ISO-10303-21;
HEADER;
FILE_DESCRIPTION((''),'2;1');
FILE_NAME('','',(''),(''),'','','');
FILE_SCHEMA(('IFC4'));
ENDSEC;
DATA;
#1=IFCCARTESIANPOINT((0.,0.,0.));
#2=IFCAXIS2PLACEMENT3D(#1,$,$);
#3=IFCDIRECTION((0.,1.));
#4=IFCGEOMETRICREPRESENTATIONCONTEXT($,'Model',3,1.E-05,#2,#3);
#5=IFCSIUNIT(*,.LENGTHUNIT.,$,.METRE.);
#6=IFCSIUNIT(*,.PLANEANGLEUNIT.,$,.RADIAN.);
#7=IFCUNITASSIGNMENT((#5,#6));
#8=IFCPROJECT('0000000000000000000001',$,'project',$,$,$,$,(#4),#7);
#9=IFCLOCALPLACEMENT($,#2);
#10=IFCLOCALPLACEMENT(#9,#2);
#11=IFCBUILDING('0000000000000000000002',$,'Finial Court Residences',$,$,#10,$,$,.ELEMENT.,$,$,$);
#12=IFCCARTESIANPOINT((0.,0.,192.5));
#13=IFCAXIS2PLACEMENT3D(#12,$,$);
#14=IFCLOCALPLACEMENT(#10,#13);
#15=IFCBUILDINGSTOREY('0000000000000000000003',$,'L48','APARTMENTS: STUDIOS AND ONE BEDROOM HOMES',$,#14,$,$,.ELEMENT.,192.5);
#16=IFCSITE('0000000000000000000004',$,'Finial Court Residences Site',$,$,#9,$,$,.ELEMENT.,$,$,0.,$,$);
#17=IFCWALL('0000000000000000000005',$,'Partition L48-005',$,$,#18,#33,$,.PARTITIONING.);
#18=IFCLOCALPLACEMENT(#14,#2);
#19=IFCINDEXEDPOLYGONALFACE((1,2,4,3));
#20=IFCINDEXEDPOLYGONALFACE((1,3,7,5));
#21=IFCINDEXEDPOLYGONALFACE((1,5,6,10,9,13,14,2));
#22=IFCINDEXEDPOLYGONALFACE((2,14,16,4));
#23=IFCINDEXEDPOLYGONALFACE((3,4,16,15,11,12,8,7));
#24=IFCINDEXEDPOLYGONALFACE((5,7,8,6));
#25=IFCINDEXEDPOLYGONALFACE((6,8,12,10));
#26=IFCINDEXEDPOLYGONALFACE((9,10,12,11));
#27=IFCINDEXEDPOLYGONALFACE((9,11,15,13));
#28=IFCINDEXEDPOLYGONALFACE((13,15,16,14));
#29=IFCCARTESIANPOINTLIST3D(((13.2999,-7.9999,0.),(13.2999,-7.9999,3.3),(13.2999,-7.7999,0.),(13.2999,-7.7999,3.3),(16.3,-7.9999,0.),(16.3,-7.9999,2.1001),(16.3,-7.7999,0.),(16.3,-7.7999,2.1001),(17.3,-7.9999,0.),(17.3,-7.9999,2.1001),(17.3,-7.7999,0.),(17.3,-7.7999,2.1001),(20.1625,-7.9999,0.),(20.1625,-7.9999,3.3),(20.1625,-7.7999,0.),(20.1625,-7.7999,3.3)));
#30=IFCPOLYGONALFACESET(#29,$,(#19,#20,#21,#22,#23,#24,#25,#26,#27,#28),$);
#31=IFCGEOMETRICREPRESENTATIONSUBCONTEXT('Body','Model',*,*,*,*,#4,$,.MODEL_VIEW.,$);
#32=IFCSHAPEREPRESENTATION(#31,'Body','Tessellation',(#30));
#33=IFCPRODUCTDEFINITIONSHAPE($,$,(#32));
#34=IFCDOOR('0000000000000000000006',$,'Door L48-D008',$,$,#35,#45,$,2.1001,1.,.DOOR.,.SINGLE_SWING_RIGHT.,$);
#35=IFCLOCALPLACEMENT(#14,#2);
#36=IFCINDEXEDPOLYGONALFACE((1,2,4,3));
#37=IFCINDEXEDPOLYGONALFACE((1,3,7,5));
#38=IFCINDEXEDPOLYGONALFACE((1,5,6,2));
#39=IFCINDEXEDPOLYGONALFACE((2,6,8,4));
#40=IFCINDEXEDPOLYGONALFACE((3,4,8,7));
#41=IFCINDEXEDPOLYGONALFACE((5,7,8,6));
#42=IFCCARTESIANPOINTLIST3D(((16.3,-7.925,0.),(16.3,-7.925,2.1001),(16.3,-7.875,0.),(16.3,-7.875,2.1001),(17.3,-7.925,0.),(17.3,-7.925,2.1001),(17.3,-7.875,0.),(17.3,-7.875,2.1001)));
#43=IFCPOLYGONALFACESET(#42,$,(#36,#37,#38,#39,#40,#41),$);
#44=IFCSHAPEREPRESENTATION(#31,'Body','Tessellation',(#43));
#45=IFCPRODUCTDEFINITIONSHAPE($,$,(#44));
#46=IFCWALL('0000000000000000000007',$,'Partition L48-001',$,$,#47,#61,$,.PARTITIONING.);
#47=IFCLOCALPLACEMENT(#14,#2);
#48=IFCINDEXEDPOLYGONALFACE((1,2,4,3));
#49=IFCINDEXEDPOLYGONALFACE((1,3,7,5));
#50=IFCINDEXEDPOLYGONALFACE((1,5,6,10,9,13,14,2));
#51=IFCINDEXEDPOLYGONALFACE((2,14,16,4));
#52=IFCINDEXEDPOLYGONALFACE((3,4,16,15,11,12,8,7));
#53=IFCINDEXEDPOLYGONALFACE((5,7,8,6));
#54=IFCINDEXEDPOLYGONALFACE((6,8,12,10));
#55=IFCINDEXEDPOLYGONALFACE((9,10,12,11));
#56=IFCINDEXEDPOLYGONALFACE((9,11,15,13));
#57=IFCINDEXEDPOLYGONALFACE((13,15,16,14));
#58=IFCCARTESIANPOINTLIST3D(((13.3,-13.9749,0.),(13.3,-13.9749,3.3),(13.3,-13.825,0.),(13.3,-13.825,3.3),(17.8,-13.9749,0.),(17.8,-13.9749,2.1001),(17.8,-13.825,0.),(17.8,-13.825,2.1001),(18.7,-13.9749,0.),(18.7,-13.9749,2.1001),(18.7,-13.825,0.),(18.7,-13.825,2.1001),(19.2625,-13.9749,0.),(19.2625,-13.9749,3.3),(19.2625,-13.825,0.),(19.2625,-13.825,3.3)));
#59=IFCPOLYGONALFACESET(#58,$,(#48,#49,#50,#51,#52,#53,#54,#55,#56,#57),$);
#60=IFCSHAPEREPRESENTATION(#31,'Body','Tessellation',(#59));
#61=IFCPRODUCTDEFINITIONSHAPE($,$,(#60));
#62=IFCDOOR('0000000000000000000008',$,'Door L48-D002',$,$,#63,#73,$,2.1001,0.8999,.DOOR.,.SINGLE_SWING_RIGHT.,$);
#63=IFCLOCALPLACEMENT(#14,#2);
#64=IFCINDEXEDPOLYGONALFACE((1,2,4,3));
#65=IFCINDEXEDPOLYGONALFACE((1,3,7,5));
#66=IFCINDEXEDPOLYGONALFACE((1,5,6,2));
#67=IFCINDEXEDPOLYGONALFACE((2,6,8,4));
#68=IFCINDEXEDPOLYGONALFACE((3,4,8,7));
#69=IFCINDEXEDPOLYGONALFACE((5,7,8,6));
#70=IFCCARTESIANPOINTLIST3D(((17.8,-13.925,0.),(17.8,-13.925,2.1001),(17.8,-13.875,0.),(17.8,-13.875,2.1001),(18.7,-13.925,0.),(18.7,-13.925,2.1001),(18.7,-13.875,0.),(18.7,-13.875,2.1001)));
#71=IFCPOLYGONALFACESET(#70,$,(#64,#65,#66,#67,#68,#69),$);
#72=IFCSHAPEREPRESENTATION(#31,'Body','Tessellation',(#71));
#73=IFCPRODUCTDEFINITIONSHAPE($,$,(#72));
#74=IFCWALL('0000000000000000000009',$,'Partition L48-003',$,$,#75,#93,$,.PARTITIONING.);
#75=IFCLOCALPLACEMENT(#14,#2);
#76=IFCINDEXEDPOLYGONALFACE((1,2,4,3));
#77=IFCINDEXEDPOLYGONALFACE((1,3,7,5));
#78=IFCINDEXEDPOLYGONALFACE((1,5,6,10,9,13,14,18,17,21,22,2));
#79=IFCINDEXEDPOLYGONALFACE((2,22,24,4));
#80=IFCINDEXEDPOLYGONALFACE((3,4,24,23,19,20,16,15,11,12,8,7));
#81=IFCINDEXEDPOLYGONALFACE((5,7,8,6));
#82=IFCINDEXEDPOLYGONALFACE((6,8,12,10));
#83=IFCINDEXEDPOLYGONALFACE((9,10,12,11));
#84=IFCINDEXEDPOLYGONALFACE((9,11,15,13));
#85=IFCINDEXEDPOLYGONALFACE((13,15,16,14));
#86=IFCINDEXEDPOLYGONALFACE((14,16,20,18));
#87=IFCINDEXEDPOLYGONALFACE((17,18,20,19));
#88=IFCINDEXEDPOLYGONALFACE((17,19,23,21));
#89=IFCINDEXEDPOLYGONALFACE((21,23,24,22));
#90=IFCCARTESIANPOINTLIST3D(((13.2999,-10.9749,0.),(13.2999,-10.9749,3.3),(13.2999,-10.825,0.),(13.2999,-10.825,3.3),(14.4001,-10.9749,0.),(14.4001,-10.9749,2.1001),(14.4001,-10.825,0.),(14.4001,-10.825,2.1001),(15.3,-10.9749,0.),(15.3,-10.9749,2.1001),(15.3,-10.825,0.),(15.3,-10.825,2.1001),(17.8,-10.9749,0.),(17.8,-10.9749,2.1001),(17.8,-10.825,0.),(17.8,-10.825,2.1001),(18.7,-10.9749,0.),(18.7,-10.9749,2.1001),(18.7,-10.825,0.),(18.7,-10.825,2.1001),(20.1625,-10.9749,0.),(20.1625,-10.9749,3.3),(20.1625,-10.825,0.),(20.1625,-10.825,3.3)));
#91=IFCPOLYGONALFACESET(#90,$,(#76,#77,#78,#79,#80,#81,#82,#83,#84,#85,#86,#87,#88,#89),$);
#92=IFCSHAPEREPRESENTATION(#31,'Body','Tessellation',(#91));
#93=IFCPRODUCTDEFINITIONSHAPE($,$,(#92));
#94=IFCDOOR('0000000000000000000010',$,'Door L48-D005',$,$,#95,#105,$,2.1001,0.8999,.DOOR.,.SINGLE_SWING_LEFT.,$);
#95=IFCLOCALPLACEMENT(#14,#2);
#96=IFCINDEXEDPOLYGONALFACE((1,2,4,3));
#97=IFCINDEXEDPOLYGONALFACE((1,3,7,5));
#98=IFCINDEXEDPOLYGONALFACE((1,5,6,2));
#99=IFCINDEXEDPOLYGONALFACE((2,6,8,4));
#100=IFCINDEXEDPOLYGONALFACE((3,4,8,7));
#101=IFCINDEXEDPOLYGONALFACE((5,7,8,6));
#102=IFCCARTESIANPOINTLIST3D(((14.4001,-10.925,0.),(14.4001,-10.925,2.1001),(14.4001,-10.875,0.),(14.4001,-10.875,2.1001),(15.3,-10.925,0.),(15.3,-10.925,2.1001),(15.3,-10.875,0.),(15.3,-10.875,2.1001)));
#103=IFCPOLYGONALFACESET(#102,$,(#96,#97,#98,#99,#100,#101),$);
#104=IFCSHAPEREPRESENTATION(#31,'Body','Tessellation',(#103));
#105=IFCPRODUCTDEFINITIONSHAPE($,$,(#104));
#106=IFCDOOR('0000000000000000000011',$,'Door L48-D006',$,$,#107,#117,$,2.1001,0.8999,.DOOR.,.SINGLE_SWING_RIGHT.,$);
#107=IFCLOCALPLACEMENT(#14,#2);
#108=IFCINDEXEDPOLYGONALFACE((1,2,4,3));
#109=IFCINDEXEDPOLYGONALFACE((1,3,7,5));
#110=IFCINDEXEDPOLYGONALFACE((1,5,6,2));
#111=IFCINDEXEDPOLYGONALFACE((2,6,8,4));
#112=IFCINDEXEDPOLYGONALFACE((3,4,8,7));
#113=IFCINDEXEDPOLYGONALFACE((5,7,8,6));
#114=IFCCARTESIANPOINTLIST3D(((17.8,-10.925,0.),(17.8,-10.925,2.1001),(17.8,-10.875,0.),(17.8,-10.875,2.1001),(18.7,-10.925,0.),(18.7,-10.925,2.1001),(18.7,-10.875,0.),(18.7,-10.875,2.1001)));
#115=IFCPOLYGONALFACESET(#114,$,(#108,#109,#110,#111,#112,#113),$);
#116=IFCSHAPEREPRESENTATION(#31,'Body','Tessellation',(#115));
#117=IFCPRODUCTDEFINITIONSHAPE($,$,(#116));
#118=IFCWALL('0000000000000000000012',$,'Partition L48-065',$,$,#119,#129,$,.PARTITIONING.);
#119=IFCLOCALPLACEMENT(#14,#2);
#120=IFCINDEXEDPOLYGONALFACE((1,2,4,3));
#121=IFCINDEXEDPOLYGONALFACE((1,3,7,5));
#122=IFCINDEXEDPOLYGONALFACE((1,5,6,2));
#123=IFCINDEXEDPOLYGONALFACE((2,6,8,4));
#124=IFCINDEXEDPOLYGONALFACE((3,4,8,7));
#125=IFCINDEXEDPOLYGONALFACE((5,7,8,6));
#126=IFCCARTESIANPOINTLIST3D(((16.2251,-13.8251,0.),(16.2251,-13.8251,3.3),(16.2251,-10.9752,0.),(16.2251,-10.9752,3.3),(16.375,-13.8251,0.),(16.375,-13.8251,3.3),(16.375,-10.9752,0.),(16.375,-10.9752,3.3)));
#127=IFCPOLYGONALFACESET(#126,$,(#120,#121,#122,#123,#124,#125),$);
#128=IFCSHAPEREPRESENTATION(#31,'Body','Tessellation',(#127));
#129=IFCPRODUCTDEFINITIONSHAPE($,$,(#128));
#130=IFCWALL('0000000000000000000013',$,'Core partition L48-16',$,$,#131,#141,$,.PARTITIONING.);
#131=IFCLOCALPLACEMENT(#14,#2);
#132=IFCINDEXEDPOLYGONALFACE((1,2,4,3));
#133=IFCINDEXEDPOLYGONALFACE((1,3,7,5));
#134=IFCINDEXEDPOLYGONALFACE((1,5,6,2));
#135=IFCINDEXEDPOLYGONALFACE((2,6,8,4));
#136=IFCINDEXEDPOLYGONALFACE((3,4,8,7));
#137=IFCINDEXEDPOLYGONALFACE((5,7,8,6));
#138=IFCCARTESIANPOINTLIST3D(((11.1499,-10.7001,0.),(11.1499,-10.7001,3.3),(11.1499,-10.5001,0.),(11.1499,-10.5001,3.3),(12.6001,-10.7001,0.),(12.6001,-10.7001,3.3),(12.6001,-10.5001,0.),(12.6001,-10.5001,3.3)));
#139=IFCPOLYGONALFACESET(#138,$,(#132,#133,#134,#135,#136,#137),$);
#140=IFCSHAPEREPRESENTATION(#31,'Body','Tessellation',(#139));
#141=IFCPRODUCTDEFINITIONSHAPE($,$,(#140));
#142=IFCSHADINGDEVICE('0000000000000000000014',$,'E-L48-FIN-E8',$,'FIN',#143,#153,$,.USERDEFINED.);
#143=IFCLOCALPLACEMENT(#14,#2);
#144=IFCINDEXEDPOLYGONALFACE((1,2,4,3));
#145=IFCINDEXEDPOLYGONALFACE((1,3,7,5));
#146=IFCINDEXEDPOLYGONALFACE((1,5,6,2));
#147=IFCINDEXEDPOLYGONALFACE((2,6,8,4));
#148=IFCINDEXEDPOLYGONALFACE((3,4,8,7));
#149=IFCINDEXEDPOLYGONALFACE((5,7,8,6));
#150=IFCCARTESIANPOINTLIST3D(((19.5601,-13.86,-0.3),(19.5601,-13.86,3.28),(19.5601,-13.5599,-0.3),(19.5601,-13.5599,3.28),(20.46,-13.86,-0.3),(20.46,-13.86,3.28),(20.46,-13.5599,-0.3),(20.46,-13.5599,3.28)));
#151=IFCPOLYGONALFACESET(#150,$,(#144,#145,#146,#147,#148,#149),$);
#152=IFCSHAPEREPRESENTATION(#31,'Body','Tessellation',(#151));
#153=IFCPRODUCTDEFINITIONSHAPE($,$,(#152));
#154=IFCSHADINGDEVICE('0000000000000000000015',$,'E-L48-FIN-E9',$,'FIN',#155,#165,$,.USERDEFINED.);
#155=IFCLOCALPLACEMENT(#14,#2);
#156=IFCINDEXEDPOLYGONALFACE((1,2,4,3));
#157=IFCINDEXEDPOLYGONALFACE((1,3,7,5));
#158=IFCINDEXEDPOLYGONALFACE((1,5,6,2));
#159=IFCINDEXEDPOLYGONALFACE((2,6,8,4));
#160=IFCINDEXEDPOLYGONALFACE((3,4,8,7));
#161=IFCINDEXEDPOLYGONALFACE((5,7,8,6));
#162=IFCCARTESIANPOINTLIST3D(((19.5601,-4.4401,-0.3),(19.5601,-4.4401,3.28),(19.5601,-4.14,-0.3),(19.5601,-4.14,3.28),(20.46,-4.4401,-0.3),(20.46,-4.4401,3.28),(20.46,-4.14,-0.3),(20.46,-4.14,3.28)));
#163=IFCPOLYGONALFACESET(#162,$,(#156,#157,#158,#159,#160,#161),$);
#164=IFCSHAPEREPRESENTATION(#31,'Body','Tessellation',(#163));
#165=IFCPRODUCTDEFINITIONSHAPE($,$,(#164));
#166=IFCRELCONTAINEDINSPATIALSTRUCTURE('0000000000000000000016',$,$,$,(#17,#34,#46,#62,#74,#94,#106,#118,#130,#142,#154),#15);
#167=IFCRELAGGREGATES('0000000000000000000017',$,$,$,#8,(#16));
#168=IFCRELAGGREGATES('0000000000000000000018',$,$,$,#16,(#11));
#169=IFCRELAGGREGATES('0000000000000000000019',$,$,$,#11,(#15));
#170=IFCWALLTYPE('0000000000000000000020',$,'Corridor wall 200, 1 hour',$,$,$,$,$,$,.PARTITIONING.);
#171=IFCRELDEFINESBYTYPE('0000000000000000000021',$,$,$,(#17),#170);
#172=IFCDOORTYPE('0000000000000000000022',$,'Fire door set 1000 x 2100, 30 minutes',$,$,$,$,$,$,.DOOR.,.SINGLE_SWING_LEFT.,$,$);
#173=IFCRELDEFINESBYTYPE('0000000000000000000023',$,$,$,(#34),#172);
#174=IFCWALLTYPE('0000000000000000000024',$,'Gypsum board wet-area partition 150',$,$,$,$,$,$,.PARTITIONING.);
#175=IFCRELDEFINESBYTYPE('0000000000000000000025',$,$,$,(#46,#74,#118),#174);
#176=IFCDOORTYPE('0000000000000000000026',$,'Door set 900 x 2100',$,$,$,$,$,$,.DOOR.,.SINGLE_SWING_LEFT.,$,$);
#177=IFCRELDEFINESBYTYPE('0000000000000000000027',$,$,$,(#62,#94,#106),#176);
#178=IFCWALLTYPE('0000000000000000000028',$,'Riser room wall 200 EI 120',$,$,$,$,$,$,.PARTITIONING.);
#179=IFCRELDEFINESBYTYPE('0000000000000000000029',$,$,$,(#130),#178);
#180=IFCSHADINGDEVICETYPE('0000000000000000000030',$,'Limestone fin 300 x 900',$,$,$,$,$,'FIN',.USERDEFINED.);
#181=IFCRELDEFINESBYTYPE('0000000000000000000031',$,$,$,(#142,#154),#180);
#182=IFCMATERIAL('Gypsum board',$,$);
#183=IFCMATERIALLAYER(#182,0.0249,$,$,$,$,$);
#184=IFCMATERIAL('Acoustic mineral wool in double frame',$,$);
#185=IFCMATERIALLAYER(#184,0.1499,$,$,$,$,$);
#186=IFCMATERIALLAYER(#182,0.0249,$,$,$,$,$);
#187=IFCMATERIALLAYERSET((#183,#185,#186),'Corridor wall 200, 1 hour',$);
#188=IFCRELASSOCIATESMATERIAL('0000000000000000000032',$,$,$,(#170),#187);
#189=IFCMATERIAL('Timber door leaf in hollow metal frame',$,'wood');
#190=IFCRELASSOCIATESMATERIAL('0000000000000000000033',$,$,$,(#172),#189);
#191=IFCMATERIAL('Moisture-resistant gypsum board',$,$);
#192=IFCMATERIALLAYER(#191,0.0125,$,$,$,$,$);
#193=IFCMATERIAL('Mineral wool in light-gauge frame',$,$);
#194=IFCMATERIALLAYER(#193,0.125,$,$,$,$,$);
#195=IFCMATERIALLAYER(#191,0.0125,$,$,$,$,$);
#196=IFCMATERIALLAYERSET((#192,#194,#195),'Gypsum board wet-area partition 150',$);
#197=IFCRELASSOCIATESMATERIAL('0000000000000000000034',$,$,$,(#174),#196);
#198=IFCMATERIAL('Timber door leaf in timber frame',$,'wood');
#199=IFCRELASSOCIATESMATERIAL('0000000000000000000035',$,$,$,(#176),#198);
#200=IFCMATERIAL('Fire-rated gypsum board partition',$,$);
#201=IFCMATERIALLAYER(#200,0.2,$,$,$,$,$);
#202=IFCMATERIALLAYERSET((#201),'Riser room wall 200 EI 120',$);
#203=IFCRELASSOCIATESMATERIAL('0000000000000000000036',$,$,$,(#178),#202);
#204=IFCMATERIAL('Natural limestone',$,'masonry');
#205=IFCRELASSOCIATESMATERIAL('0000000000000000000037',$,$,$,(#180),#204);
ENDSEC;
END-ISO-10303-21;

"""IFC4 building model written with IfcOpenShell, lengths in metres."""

from ifc_helpers import new_model, si_unit, direction, frame, frame_2d, origin, origin_2d, place, context, subcontext, project, spatial, rectangle, extrude, material, layer, layer_set, type_object, element, fill, save


model = new_model("IFC4")

# Units and contexts
model_context = context("Model", 3, precision=1e-05, world=origin(), true_north=direction((0.0, 1.0)))
body_context = subcontext(model_context, "Body", "Model", "MODEL_VIEW")
ifc_project = project(units=[si_unit("LENGTHUNIT", "METRE"), si_unit("PLANEANGLEUNIT", "RADIAN")], contexts=[model_context])

# Site, building, storey
site_placement = place(None, origin())
site = spatial("IfcSite", under=ifc_project, at=site_placement, Name="Finial Court Residences Site", CompositionType="ELEMENT", RefElevation=0.0)
building_placement = place(site_placement, origin())
building = spatial("IfcBuilding", under=site, at=building_placement, Name="Finial Court Residences", CompositionType="ELEMENT")
storey_placement = place(building_placement, frame((0.0, 0.0, 192.5)))
storey = spatial("IfcBuildingStorey", under=building, at=storey_placement, Name="L48", Description="APARTMENTS: STUDIOS AND ONE BEDROOM HOMES", CompositionType="ELEMENT", Elevation=192.5)

# Walls, openings, doors
ifc_material_1 = material(Name="Gypsum board")
ifc_layer_1 = layer(ifc_material_1, 0.0249)
ifc_material_2 = material(Name="Acoustic mineral wool in double frame")
ifc_layer_2 = layer(ifc_material_2, 0.1499)
ifc_layer_3 = layer(ifc_material_1, 0.0249)
ifc_layer_set_1 = layer_set([ifc_layer_1, ifc_layer_2, ifc_layer_3], Name="Corridor wall 200, 1 hour")
wall_type_1 = type_object("IfcWallType", Name="Corridor wall 200, 1 hour", PredefinedType="PARTITIONING", material=ifc_layer_set_1)
wall_1_placement = place(storey_placement, frame((13.3, -7.8999, 0.0), z_axis=(0.0, 0.0, 1.0), x_axis=(1.0, 0.0, 0.0)))
wall_1 = element("IfcWall", 1, at=wall_1_placement, inside=storey, type_object=wall_type_1, Name="Partition L48-005", PredefinedType="PARTITIONING", context=body_context, shape_type="SweptSolid", body=[
    extrude(rectangle(XDim=6.8625, YDim=0.2, at=frame_2d((3.4312, 0.0))), origin(), (0.0, 0.0, 1.0), 3.3),
])
opening_1_placement = place(wall_1_placement, frame((3.0, 0.0, 0.0)))
opening_1 = element("IfcOpeningElement", 2, at=opening_1_placement, cuts=wall_1, PredefinedType="OPENING", context=body_context, shape_type="SweptSolid", body=[
    extrude(rectangle(XDim=1.0, YDim=2.1001, at=frame_2d((0.5, 1.05))), frame((0.0, 0.1099, 0.0), z_axis=(0.0, -1.0, 0.0), x_axis=(1.0, 0.0, 0.0)), (0.0, 0.0, 1.0), 0.22),
])
ifc_material_3 = material(Name="Timber door leaf in hollow metal frame", Category="wood")
door_type_1 = type_object("IfcDoorType", Name="Fire door set 1000 x 2100, 30 minutes", OperationType="SINGLE_SWING_LEFT", PredefinedType="DOOR", material=ifc_material_3)
door_1_placement = place(opening_1_placement, origin())
door_1 = element("IfcDoor", 3, at=door_1_placement, inside=storey, type_object=door_type_1, Name="Door L48-D008", OperationType="SINGLE_SWING_RIGHT", OverallHeight=2.1001, OverallWidth=1.0, PredefinedType="DOOR", context=body_context, shape_type="SweptSolid", body=[
    extrude(rectangle(XDim=1.0, YDim=2.1001, at=frame_2d((0.5, 1.05))), frame((0.0, 0.0249, 0.0), z_axis=(0.0, -1.0, 0.0), x_axis=(1.0, 0.0, 0.0)), (0.0, 0.0, 1.0), 0.05),
])
fill(opening_1, door_1)
ifc_material_4 = material(Name="Moisture-resistant gypsum board")
ifc_layer_4 = layer(ifc_material_4, 0.0125)
ifc_material_5 = material(Name="Mineral wool in light-gauge frame")
ifc_layer_5 = layer(ifc_material_5, 0.125)
ifc_layer_6 = layer(ifc_material_4, 0.0125)
ifc_layer_set_2 = layer_set([ifc_layer_4, ifc_layer_5, ifc_layer_6], Name="Gypsum board wet-area partition 150")
wall_type_2 = type_object("IfcWallType", Name="Gypsum board wet-area partition 150", PredefinedType="PARTITIONING", material=ifc_layer_set_2)
wall_2_placement = place(storey_placement, frame((13.3, -13.8999, 0.0), z_axis=(0.0, 0.0, 1.0), x_axis=(1.0, 0.0, 0.0)))
wall_2 = element("IfcWall", 4, at=wall_2_placement, inside=storey, type_object=wall_type_2, Name="Partition L48-001", PredefinedType="PARTITIONING", context=body_context, shape_type="SweptSolid", body=[
    extrude(rectangle(XDim=5.9624, YDim=0.1499, at=frame_2d((2.9812, 0.0))), origin(), (0.0, 0.0, 1.0), 3.3),
])
opening_2_placement = place(wall_2_placement, frame((4.5, 0.0, 0.0)))
opening_2 = element("IfcOpeningElement", 5, at=opening_2_placement, cuts=wall_2, PredefinedType="OPENING", context=body_context, shape_type="SweptSolid", body=[
    extrude(rectangle(XDim=0.8999, YDim=2.1001, at=frame_2d((0.45, 1.05))), frame((0.0, 0.085, 0.0), z_axis=(0.0, -1.0, 0.0), x_axis=(1.0, 0.0, 0.0)), (0.0, 0.0, 1.0), 0.1699),
])
ifc_material_6 = material(Name="Timber door leaf in timber frame", Category="wood")
door_type_2 = type_object("IfcDoorType", Name="Door set 900 x 2100", OperationType="SINGLE_SWING_LEFT", PredefinedType="DOOR", material=ifc_material_6)
door_2_placement = place(opening_2_placement, origin())
door_2 = element("IfcDoor", 6, at=door_2_placement, inside=storey, type_object=door_type_2, Name="Door L48-D002", OperationType="SINGLE_SWING_RIGHT", OverallHeight=2.1001, OverallWidth=0.8999, PredefinedType="DOOR", context=body_context, shape_type="SweptSolid", body=[
    extrude(rectangle(XDim=0.8999, YDim=2.1001, at=frame_2d((0.45, 1.05))), frame((0.0, 0.0249, 0.0), z_axis=(0.0, -1.0, 0.0), x_axis=(1.0, 0.0, 0.0)), (0.0, 0.0, 1.0), 0.05),
])
fill(opening_2, door_2)

# Wall, openings, doors
wall_3_placement = place(storey_placement, frame((13.3, -10.8999, 0.0), z_axis=(0.0, 0.0, 1.0), x_axis=(1.0, 0.0, 0.0)))
wall_3 = element("IfcWall", 7, at=wall_3_placement, inside=storey, type_object=wall_type_2, Name="Partition L48-003", PredefinedType="PARTITIONING", context=body_context, shape_type="SweptSolid", body=[
    extrude(rectangle(XDim=6.8625, YDim=0.1499, at=frame_2d((3.4312, 0.0))), origin(), (0.0, 0.0, 1.0), 3.3),
])
opening_3_placement = place(wall_3_placement, frame((1.1001, 0.0, 0.0)))
opening_3 = element("IfcOpeningElement", 8, at=opening_3_placement, cuts=wall_3, PredefinedType="OPENING", context=body_context, shape_type="SweptSolid", body=[
    extrude(rectangle(XDim=0.8999, YDim=2.1001, at=frame_2d((0.45, 1.05))), frame((0.0, 0.085, 0.0), z_axis=(0.0, -1.0, 0.0), x_axis=(1.0, 0.0, 0.0)), (0.0, 0.0, 1.0), 0.1699),
])
opening_4_placement = place(wall_3_placement, frame((4.5, 0.0, 0.0)))
opening_4 = element("IfcOpeningElement", 9, at=opening_4_placement, cuts=wall_3, PredefinedType="OPENING", context=body_context, shape_type="SweptSolid", body=[
    extrude(rectangle(XDim=0.8999, YDim=2.1001, at=frame_2d((0.45, 1.05))), frame((0.0, 0.085, 0.0), z_axis=(0.0, -1.0, 0.0), x_axis=(1.0, 0.0, 0.0)), (0.0, 0.0, 1.0), 0.1699),
])
door_3_placement = place(opening_3_placement, origin())
door_3 = element("IfcDoor", 10, at=door_3_placement, inside=storey, type_object=door_type_2, Name="Door L48-D005", OperationType="SINGLE_SWING_LEFT", OverallHeight=2.1001, OverallWidth=0.8999, PredefinedType="DOOR", context=body_context, shape_type="SweptSolid", body=[
    extrude(rectangle(XDim=0.8999, YDim=2.1001, at=frame_2d((0.45, 1.05))), frame((0.0, 0.0249, 0.0), z_axis=(0.0, -1.0, 0.0), x_axis=(1.0, 0.0, 0.0)), (0.0, 0.0, 1.0), 0.05),
])
fill(opening_3, door_3)
door_4_placement = place(opening_4_placement, origin())
door_4 = element("IfcDoor", 11, at=door_4_placement, inside=storey, type_object=door_type_2, Name="Door L48-D006", OperationType="SINGLE_SWING_RIGHT", OverallHeight=2.1001, OverallWidth=0.8999, PredefinedType="DOOR", context=body_context, shape_type="SweptSolid", body=[
    extrude(rectangle(XDim=0.8999, YDim=2.1001, at=frame_2d((0.45, 1.05))), frame((0.0, 0.0249, 0.0), z_axis=(0.0, -1.0, 0.0), x_axis=(1.0, 0.0, 0.0)), (0.0, 0.0, 1.0), 0.05),
])
fill(opening_4, door_4)

# Walls
wall_4_placement = place(storey_placement, frame((16.3, -13.825, 0.0), z_axis=(0.0, 0.0, 1.0), x_axis=(0.0, 1.0, 0.0)))
element("IfcWall", 12, at=wall_4_placement, inside=storey, type_object=wall_type_2, Name="Partition L48-065", PredefinedType="PARTITIONING", context=body_context, shape_type="SweptSolid", body=[
    extrude(rectangle(XDim=2.8499, YDim=0.1499, at=frame_2d((1.4248, 0.0))), origin(), (0.0, 0.0, 1.0), 3.3),
])
ifc_material_7 = material(Name="Fire-rated gypsum board partition")
ifc_layer_7 = layer(ifc_material_7, 0.2)
ifc_layer_set_3 = layer_set([ifc_layer_7], Name="Riser room wall 200 EI 120")
wall_type_3 = type_object("IfcWallType", Name="Riser room wall 200 EI 120", PredefinedType="PARTITIONING", material=ifc_layer_set_3)
wall_5_placement = place(storey_placement, frame((11.1499, -10.6001, 0.0), z_axis=(0.0, 0.0, 1.0), x_axis=(1.0, 0.0, 0.0)))
element("IfcWall", 13, at=wall_5_placement, inside=storey, type_object=wall_type_3, Name="Core partition L48-16", PredefinedType="PARTITIONING", context=body_context, shape_type="SweptSolid", body=[
    extrude(rectangle(XDim=1.4502, YDim=0.2, at=frame_2d((0.7251, 0.0))), origin(), (0.0, 0.0, 1.0), 3.3),
])

# Shading devices
ifc_material_8 = material(Name="Natural limestone", Category="masonry")
shading_device_type = type_object("IfcShadingDeviceType", Name="Limestone fin 300 x 900", ElementType="FIN", PredefinedType="USERDEFINED", material=ifc_material_8)
for number, where, z_axis, x_axis, name in (
    (14, (20.01, -13.71, -0.3), (0.0, 0.0, 1.0), (1.0, 0.0, 0.0), "E-L48-FIN-E8"),
    (15, (20.01, -4.29, -0.3), (0.0, 0.0, 1.0), (1.0, 0.0, 0.0), "E-L48-FIN-E9"),
):
    element("IfcShadingDevice", number, at=place(storey_placement, frame(where, z_axis=z_axis, x_axis=x_axis)), inside=storey, type_object=shading_device_type, Name=name, ObjectType="FIN", PredefinedType="USERDEFINED", context=body_context, shape_type="SweptSolid", body=[
        extrude(rectangle(XDim=0.8999, YDim=0.3, at=origin_2d()), origin(), (0.0, 0.0, 1.0), 3.5801),
    ])

save(model, "model.ifc")
